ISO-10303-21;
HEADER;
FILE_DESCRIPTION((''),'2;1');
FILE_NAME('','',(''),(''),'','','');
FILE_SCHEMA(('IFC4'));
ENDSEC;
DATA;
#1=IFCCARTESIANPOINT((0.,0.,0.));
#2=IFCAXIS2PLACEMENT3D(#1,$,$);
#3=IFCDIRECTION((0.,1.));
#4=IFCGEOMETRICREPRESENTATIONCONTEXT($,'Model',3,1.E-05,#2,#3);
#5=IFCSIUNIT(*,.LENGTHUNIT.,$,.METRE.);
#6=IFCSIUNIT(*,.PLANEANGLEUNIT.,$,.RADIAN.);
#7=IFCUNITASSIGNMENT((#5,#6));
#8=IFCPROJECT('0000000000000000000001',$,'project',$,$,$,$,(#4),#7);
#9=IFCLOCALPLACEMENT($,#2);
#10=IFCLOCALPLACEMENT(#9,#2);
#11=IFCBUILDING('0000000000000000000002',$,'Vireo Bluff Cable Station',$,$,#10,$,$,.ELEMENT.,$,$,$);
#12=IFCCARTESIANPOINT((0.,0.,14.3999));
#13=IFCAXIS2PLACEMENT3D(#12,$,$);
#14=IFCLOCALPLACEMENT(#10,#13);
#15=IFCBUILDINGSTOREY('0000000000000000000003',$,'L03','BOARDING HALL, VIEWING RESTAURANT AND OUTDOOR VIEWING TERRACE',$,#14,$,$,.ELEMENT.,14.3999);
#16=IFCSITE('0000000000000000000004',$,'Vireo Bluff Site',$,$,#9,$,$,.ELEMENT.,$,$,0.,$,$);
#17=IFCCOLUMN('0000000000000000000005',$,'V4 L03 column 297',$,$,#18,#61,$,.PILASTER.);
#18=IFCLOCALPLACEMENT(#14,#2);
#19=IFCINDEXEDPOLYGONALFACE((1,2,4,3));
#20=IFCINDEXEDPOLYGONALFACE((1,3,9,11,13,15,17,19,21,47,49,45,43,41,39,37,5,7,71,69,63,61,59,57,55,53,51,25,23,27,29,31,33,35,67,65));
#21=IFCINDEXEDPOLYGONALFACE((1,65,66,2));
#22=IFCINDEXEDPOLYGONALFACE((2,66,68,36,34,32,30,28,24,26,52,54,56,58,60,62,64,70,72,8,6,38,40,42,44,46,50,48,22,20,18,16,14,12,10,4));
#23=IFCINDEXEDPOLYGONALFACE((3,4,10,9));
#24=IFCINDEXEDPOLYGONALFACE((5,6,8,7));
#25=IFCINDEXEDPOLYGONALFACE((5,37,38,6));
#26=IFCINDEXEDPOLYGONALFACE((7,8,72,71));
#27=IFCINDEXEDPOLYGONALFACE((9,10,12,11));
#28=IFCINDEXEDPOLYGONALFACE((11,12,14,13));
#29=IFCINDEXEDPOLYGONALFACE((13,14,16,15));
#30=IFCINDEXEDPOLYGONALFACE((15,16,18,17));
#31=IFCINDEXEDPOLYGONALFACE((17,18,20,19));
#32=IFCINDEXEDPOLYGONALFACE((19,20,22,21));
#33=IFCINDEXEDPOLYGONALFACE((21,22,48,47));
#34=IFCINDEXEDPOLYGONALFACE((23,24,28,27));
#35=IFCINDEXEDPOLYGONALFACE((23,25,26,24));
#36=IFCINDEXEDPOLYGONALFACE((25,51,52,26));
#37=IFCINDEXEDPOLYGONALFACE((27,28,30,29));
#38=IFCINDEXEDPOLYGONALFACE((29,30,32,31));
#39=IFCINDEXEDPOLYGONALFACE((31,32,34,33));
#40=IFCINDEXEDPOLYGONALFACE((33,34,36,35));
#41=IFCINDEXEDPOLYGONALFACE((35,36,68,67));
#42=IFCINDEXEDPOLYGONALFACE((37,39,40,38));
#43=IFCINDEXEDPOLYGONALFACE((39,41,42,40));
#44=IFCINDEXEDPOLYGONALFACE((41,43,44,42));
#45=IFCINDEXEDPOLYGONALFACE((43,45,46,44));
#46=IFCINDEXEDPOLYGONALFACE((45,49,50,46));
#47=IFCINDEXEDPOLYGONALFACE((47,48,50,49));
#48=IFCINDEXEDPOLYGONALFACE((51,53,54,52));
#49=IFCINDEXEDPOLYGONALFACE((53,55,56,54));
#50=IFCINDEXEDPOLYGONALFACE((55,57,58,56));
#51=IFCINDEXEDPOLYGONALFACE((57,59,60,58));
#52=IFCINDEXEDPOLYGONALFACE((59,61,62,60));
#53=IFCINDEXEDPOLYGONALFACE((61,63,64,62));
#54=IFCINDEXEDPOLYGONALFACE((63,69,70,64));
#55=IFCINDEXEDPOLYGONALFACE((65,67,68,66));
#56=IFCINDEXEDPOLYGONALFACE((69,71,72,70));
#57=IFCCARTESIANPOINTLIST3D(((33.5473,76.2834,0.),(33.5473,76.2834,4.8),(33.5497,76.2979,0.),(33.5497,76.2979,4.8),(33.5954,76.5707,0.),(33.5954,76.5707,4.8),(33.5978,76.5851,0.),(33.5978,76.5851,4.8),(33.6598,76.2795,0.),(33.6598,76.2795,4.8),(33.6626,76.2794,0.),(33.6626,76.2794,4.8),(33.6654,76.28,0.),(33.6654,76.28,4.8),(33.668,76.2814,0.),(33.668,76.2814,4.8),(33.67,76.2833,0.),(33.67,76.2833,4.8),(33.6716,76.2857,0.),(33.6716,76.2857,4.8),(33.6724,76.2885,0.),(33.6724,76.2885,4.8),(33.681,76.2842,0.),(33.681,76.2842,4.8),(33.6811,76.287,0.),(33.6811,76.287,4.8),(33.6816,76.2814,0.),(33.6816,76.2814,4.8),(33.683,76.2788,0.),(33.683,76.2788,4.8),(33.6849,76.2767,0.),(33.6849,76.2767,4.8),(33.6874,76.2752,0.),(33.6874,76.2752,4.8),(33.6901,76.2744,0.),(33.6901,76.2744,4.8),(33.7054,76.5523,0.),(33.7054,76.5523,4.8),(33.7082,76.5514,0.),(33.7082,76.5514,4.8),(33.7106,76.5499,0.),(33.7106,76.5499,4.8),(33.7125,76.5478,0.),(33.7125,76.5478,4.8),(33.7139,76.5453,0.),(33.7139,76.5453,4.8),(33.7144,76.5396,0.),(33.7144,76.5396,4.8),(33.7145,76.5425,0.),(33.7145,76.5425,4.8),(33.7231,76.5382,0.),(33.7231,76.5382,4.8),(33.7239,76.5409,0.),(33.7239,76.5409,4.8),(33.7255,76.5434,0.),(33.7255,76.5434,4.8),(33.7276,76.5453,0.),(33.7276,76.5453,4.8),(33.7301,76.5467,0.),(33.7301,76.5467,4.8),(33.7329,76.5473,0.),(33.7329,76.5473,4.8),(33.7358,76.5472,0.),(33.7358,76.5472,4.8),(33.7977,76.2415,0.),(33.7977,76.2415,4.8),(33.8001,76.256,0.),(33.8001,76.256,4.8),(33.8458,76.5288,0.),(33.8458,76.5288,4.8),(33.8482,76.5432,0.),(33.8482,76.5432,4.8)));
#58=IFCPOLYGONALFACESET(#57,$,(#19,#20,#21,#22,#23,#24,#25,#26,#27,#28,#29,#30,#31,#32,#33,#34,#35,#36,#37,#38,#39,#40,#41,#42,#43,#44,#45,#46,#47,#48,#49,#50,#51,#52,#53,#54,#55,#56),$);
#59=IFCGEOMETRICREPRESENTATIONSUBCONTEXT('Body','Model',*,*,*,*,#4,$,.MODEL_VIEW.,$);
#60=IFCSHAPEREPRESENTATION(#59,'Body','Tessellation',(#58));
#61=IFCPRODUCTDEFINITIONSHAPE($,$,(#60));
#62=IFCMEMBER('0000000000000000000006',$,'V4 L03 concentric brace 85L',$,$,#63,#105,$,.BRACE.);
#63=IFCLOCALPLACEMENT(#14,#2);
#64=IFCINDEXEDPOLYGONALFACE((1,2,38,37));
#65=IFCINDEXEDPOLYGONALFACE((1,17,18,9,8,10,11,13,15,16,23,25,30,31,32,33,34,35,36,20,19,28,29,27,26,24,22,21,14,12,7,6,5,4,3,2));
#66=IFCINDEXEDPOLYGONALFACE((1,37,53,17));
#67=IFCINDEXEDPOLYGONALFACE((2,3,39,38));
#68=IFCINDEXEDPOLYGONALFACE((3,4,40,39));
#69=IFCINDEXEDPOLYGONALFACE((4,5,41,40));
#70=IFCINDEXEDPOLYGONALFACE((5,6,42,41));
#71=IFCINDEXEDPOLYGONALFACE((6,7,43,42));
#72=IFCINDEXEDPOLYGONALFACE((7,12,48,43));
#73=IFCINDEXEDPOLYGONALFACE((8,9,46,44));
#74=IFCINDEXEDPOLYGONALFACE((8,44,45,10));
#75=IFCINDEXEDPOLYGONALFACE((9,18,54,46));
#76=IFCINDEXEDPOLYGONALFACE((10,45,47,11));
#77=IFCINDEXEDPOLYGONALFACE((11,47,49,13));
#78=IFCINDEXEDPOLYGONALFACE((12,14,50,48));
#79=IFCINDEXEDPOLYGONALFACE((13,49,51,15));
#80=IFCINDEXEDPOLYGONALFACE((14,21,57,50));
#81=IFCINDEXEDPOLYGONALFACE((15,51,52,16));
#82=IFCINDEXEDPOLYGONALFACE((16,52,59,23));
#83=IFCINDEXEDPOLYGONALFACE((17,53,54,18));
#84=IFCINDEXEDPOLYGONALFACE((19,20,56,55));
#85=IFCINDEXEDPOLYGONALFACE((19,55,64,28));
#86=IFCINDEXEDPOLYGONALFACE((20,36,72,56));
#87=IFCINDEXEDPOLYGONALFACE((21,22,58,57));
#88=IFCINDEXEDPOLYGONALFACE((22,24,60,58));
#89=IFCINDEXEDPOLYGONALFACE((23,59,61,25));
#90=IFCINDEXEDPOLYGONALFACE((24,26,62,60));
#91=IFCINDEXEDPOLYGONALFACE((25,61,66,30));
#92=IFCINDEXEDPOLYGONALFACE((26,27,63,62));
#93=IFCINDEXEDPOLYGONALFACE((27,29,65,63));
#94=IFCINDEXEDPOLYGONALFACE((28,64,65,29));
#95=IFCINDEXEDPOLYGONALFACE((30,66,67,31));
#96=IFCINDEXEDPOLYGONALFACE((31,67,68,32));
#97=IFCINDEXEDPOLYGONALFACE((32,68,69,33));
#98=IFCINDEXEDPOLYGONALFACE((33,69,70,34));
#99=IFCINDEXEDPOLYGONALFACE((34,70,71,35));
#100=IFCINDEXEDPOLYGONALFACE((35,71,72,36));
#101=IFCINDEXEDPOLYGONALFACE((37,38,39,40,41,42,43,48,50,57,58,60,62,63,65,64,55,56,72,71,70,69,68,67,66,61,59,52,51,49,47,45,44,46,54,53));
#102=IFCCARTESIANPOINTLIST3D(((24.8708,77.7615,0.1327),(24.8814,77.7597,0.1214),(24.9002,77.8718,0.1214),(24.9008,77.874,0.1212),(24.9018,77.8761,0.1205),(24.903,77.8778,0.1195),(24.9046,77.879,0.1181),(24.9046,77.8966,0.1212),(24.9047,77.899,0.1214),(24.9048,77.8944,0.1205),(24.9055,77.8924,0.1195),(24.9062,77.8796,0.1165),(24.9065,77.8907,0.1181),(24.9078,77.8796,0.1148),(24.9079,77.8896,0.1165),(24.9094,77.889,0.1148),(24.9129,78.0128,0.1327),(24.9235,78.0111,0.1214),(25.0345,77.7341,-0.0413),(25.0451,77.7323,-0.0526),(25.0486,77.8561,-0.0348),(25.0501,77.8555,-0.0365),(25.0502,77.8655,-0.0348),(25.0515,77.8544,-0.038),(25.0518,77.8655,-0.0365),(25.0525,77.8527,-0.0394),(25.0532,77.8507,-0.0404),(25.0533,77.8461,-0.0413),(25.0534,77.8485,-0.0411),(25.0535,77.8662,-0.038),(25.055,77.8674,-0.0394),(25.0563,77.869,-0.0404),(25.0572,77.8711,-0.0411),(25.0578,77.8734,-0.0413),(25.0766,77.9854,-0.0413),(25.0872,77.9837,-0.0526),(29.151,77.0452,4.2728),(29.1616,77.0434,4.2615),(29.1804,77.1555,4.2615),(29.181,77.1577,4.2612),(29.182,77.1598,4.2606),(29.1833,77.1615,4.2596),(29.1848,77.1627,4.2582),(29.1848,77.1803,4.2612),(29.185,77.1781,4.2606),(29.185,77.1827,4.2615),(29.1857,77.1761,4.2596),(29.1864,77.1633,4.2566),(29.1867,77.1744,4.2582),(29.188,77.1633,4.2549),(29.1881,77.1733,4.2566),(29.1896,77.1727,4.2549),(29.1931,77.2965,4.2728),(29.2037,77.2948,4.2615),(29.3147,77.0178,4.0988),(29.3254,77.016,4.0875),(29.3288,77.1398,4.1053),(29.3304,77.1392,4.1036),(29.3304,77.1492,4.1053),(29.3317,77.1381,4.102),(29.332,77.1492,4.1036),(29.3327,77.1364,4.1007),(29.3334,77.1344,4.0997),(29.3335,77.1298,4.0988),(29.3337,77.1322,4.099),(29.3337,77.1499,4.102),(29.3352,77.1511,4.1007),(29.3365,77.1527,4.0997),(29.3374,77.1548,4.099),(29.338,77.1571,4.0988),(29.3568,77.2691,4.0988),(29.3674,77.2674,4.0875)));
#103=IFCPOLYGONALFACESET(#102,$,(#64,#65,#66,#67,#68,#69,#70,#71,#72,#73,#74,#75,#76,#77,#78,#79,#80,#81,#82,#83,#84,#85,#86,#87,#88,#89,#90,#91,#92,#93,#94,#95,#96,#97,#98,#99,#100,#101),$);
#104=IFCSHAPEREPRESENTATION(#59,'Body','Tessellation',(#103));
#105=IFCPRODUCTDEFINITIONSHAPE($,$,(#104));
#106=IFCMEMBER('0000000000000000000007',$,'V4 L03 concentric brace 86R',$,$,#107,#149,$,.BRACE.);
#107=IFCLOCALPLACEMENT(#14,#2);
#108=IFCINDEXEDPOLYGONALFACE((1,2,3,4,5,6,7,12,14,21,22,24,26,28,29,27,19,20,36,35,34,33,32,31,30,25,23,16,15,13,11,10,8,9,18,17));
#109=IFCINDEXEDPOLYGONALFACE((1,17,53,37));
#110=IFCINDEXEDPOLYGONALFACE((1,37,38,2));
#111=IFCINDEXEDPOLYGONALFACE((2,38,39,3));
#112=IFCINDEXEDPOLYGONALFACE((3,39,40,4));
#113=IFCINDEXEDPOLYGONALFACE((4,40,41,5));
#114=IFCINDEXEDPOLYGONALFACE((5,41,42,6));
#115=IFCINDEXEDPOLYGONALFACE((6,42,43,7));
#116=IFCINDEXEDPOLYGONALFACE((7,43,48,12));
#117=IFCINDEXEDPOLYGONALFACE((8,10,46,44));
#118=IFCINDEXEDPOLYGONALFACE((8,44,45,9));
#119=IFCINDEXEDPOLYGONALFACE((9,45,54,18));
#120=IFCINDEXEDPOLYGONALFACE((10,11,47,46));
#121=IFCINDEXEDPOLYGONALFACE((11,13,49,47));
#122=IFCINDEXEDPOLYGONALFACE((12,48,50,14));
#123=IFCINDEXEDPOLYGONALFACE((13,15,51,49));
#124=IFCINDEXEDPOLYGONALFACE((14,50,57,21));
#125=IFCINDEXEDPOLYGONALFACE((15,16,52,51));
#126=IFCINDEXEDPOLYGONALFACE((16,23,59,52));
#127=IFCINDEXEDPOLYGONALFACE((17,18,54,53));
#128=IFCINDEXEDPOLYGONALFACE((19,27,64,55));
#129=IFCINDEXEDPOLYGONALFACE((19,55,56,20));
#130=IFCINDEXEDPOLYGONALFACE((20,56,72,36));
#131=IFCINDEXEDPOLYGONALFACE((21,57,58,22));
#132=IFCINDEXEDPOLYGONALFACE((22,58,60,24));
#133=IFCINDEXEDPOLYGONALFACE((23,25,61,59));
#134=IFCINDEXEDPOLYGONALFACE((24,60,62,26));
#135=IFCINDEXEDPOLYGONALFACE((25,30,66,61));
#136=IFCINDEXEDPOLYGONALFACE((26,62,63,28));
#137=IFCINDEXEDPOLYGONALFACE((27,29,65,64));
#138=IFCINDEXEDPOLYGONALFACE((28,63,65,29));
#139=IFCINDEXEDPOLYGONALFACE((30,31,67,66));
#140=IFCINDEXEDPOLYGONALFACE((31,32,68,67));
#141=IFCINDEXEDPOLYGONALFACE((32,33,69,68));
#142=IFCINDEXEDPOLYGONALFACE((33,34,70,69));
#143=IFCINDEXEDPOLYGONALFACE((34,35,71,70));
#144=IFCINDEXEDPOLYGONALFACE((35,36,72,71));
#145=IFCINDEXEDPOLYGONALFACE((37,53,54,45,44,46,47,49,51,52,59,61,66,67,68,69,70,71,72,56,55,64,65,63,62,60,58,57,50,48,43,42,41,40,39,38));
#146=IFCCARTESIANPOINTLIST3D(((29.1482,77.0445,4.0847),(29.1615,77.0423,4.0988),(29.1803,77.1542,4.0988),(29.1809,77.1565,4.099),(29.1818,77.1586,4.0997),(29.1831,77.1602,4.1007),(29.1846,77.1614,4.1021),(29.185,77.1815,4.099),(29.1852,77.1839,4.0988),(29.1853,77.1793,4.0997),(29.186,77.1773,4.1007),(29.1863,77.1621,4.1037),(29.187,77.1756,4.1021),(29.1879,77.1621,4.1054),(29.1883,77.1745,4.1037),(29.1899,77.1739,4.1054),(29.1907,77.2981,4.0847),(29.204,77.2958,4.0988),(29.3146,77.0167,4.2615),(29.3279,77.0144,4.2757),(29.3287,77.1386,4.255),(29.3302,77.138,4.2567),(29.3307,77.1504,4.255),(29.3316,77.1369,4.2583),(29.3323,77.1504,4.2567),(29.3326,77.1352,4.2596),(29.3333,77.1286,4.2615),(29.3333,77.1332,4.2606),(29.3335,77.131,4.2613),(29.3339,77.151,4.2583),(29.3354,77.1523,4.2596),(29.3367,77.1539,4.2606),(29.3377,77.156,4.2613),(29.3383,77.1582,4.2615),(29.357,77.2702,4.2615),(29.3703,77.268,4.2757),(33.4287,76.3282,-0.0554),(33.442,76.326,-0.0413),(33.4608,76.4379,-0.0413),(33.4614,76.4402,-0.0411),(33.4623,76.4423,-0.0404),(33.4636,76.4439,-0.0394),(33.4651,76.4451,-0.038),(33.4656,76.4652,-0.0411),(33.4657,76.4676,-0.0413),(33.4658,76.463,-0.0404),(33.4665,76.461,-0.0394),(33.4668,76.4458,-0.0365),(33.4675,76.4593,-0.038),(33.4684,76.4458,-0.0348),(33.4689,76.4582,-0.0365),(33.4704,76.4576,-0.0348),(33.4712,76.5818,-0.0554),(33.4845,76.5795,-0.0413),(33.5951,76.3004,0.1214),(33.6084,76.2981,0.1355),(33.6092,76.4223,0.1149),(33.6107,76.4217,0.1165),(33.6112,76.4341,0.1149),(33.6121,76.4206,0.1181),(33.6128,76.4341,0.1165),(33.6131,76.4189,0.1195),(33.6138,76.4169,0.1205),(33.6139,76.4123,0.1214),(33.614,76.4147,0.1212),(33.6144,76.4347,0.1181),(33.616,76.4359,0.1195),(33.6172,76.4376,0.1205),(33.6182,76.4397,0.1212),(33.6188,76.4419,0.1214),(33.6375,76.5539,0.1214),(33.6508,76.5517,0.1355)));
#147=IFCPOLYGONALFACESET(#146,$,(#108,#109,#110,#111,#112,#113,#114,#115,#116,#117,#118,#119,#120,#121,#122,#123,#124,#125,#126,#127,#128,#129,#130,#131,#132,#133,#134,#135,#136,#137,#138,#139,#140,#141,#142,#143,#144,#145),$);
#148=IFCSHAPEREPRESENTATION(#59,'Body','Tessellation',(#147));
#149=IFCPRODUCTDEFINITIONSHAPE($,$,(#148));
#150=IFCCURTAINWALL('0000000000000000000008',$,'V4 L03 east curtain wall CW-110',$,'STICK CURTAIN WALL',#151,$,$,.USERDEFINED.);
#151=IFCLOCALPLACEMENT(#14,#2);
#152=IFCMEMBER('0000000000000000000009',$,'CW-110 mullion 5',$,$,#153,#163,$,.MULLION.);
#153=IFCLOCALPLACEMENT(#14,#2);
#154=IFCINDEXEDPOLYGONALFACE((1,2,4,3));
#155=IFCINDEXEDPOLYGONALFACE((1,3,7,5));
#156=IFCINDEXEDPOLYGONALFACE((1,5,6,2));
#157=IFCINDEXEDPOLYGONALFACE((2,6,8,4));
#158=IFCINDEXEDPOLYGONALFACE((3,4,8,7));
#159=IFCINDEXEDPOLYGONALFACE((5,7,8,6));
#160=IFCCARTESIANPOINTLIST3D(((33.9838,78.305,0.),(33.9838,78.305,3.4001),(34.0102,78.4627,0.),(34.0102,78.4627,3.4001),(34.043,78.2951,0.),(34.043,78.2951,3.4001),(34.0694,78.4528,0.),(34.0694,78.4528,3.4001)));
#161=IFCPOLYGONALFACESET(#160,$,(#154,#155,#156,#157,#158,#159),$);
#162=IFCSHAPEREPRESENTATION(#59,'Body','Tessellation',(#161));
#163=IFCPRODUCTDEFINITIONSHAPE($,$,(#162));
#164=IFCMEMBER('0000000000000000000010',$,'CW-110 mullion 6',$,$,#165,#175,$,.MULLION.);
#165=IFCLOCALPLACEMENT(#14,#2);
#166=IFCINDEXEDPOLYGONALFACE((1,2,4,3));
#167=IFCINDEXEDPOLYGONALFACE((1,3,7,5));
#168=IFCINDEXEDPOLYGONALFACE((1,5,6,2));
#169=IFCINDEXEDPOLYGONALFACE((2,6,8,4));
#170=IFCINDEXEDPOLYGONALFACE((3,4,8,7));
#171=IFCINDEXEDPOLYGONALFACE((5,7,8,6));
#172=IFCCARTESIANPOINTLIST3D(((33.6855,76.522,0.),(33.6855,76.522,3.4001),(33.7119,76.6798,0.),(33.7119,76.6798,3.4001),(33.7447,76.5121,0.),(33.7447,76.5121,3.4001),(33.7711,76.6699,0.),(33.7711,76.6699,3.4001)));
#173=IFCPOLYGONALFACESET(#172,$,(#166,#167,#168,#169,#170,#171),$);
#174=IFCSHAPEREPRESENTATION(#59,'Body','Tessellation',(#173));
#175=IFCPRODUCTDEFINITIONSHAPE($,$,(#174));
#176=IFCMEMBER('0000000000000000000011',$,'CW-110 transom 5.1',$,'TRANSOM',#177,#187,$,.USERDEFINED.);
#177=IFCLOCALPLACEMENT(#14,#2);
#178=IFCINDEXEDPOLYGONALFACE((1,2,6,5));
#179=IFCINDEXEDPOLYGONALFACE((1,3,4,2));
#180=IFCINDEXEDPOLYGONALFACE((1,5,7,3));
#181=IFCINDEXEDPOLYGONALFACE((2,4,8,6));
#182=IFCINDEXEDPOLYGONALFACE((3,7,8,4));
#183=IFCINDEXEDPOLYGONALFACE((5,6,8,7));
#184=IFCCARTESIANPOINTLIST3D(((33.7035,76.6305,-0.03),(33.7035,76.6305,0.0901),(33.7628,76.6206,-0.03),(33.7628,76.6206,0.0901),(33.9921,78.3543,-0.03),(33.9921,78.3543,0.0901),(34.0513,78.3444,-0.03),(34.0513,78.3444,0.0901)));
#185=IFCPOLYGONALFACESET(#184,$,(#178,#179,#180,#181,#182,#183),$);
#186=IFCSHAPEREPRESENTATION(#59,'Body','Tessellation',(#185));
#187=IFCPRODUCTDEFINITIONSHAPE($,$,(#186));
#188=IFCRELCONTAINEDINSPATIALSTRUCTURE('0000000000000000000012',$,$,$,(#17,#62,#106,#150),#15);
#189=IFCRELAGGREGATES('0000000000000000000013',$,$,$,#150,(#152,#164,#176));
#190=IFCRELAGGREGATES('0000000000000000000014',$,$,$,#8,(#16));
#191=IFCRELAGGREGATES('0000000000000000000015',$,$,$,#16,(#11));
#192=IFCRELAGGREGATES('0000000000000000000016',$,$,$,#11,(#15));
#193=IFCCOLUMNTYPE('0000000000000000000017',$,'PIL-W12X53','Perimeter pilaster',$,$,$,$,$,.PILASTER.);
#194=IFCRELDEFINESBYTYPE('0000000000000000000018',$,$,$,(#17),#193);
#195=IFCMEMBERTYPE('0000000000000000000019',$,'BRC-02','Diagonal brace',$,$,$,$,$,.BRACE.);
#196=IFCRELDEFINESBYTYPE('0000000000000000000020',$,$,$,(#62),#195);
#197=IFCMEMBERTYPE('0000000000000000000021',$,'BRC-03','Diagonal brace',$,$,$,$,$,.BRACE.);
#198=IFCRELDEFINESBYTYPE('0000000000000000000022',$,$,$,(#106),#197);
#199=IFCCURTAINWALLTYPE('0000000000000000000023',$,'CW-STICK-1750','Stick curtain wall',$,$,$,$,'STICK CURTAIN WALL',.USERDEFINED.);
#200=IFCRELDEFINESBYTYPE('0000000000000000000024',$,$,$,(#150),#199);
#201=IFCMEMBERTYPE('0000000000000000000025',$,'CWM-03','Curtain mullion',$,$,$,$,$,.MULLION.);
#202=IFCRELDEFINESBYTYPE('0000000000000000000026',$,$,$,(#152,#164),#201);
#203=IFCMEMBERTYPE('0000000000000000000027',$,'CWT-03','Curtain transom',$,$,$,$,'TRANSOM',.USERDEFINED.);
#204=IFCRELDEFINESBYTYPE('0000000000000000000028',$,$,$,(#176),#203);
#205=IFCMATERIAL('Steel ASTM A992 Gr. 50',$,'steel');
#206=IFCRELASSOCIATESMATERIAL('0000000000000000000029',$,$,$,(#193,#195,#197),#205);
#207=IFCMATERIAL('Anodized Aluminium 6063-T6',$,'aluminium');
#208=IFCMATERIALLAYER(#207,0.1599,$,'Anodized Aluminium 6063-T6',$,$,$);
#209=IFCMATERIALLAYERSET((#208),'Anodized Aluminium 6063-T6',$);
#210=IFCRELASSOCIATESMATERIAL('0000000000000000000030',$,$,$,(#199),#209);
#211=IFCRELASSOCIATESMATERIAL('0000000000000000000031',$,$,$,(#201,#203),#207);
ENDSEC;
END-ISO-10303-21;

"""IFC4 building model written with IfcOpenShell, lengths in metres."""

from ifc_helpers import new_model, si_unit, direction, frame, origin, origin_2d, place, context, subcontext, project, spatial, rectangle, i_section, extrude, material, layer, layer_set, material_profile, profile_set, type_object, element, aggregate, save


model = new_model("IFC4")

# Units and contexts
model_context = context("Model", 3, precision=1e-05, world=origin(), true_north=direction((0.0, 1.0)))
body_context = subcontext(model_context, "Body", "Model", "MODEL_VIEW")
ifc_project = project(units=[si_unit("LENGTHUNIT", "METRE"), si_unit("PLANEANGLEUNIT", "RADIAN")], contexts=[model_context])

# Site, building, storey
site_placement = place(None, origin())
site = spatial("IfcSite", under=ifc_project, at=site_placement, Name="Vireo Bluff Site", CompositionType="ELEMENT", RefElevation=0.0)
building_placement = place(site_placement, origin())
building = spatial("IfcBuilding", under=site, at=building_placement, Name="Vireo Bluff Cable Station", CompositionType="ELEMENT")
storey_placement = place(building_placement, frame((0.0, 0.0, 14.3999)))
storey = spatial("IfcBuildingStorey", under=building, at=storey_placement, Name="L03", Description="BOARDING HALL, VIEWING RESTAURANT AND OUTDOOR VIEWING TERRACE", CompositionType="ELEMENT", Elevation=14.3999)

# Column
ifc_material_1 = material(Name="Steel ASTM A992 Gr. 50", Category="steel")
ifc_material_profile_1 = material_profile(ifc_material_1, i_section(OverallWidth=0.2539, OverallDepth=0.3059, WebThickness=0.0088, FlangeThickness=0.0146, FilletRadius=0.011, at=origin_2d()), Name="W12X53")
ifc_profile_set_1 = profile_set([ifc_material_profile_1], Name="Steel ASTM A992 Gr. 50")
column_type = type_object("IfcColumnType", Name="PIL-W12X53", Description="Perimeter pilaster", PredefinedType="PILASTER", material=ifc_profile_set_1)
column_placement = place(storey_placement, frame((33.6978, 76.4133, 0.0), z_axis=(0.0, 0.0, 1.0), x_axis=(0.986286, -0.165048, 0.0)))
element("IfcColumn", 1, at=column_placement, inside=storey, type_object=column_type, Name="V4 L03 column 297", PredefinedType="PILASTER", context=body_context, shape_type="SweptSolid", body=[
    extrude(i_section(OverallWidth=0.2539, OverallDepth=0.3059, WebThickness=0.0088, FlangeThickness=0.0146, FilletRadius=0.011, at=origin_2d()), origin(), (0.0, 0.0, 1.0), 4.8),
])

# Members
ifc_material_profile_2 = material_profile(ifc_material_1, i_section(OverallWidth=0.2549, OverallDepth=0.2561, WebThickness=0.0095, FlangeThickness=0.0156, FilletRadius=0.009, at=origin_2d()), Name="W10X54")
ifc_profile_set_2 = profile_set([ifc_material_profile_2], Name="Steel ASTM A992 Gr. 50")
member_type_1 = type_object("IfcMemberType", Name="BRC-02", Description="Diagonal brace", PredefinedType="BRACE", material=ifc_profile_set_2)
member_1_placement = place(storey_placement, frame((24.979, 77.8726, 0.04), z_axis=(0.713631, -0.119427, 0.690267), x_axis=(0.165056, 0.986284, 0.0)))
element("IfcMember", 2, at=member_1_placement, inside=storey, type_object=member_type_1, Name="V4 L03 concentric brace 85L", PredefinedType="BRACE", context=body_context, shape_type="SweptSolid", body=[
    extrude(i_section(OverallWidth=0.2549, OverallDepth=0.2561, WebThickness=0.0095, FlangeThickness=0.0156, FilletRadius=0.009, at=origin_2d()), origin(), (0.0, 0.0, 1.0), 5.9978),
])
ifc_material_profile_3 = material_profile(ifc_material_1, i_section(OverallWidth=0.2571, OverallDepth=0.2639, WebThickness=0.012, FlangeThickness=0.0195, FilletRadius=0.009, at=origin_2d()), Name="W10X68")
ifc_profile_set_3 = profile_set([ifc_material_profile_3], Name="Steel ASTM A992 Gr. 50")
member_type_2 = type_object("IfcMemberType", Name="BRC-03", Description="Diagonal brace", PredefinedType="BRACE", material=ifc_profile_set_3)
member_2_placement = place(storey_placement, frame((33.5398, 76.4399, 0.04), z_axis=(-0.713651, 0.119423, 0.690247), x_axis=(-0.165047, -0.986286, 0.0)))
element("IfcMember", 3, at=member_2_placement, inside=storey, type_object=member_type_2, Name="V4 L03 concentric brace 86R", PredefinedType="BRACE", context=body_context, shape_type="SweptSolid", body=[
    extrude(i_section(OverallWidth=0.2571, OverallDepth=0.2639, WebThickness=0.012, FlangeThickness=0.0195, FilletRadius=0.009, at=origin_2d()), origin(), (0.0, 0.0, 1.0), 5.998),
])

# Curtain wall, members
ifc_material_2 = material(Name="Anodized Aluminium 6063-T6", Category="aluminium")
ifc_layer_1 = layer(ifc_material_2, 0.1599, Name="Anodized Aluminium 6063-T6")
ifc_layer_set_1 = layer_set([ifc_layer_1], Name="Anodized Aluminium 6063-T6")
curtain_wall_type = type_object("IfcCurtainWallType", Name="CW-STICK-1750", Description="Stick curtain wall", ElementType="STICK CURTAIN WALL", PredefinedType="USERDEFINED", material=ifc_layer_set_1)
curtain_wall_placement = place(storey_placement, origin())
curtain_wall = element("IfcCurtainWall", 4, at=curtain_wall_placement, inside=storey, type_object=curtain_wall_type, Name="V4 L03 east curtain wall CW-110", ObjectType="STICK CURTAIN WALL", PredefinedType="USERDEFINED")
ifc_material_profile_4 = material_profile(ifc_material_2, rectangle(XDim=0.0601, YDim=0.1599, at=origin_2d()), Name="ALU-M-60X160")
ifc_profile_set_4 = profile_set([ifc_material_profile_4], Name="Anodized Aluminium 6063-T6")
member_type_3 = type_object("IfcMemberType", Name="CWM-03", Description="Curtain mullion", PredefinedType="MULLION", material=ifc_profile_set_4)
member_3_placement = place(storey_placement, frame((34.0266, 78.3789, 0.0), z_axis=(0.0, 0.0, 1.0), x_axis=(0.986286, -0.165048, 0.0)))
member_3 = element("IfcMember", 5, at=member_3_placement, type_object=member_type_3, Name="CW-110 mullion 5", PredefinedType="MULLION", context=body_context, shape_type="SweptSolid", body=[
    extrude(rectangle(XDim=0.0601, YDim=0.1599, at=origin_2d()), origin(), (0.0, 0.0, 1.0), 3.4001),
])
member_4_placement = place(storey_placement, frame((33.7283, 76.5959, 0.0), z_axis=(0.0, 0.0, 1.0), x_axis=(0.986286, -0.165048, 0.0)))
member_4 = element("IfcMember", 6, at=member_4_placement, type_object=member_type_3, Name="CW-110 mullion 6", PredefinedType="MULLION", context=body_context, shape_type="SweptSolid", body=[
    extrude(rectangle(XDim=0.0601, YDim=0.1599, at=origin_2d()), origin(), (0.0, 0.0, 1.0), 3.4001),
])
ifc_material_profile_5 = material_profile(ifc_material_2, rectangle(XDim=0.0601, YDim=0.1201, at=origin_2d()), Name="ALU-T-60X120")
ifc_profile_set_5 = profile_set([ifc_material_profile_5], Name="Anodized Aluminium 6063-T6")
member_type_4 = type_object("IfcMemberType", Name="CWT-03", Description="Curtain transom", ElementType="TRANSOM", PredefinedType="USERDEFINED", material=ifc_profile_set_5)
member_5_placement = place(storey_placement, frame((34.0217, 78.3494, 0.03), z_axis=(-0.165101, -0.986277, 0.0), x_axis=(0.986277, -0.165101, 0.0)))
member_5 = element("IfcMember", 7, at=member_5_placement, type_object=member_type_4, Name="CW-110 transom 5.1", ObjectType="TRANSOM", PredefinedType="USERDEFINED", context=body_context, shape_type="SweptSolid", body=[
    extrude(rectangle(XDim=0.0601, YDim=0.1201, at=origin_2d()), origin(), (0.0, 0.0, 1.0), 1.7478),
])

aggregate(curtain_wall, [member_3, member_4, member_5])

save(model, "model.ifc")
